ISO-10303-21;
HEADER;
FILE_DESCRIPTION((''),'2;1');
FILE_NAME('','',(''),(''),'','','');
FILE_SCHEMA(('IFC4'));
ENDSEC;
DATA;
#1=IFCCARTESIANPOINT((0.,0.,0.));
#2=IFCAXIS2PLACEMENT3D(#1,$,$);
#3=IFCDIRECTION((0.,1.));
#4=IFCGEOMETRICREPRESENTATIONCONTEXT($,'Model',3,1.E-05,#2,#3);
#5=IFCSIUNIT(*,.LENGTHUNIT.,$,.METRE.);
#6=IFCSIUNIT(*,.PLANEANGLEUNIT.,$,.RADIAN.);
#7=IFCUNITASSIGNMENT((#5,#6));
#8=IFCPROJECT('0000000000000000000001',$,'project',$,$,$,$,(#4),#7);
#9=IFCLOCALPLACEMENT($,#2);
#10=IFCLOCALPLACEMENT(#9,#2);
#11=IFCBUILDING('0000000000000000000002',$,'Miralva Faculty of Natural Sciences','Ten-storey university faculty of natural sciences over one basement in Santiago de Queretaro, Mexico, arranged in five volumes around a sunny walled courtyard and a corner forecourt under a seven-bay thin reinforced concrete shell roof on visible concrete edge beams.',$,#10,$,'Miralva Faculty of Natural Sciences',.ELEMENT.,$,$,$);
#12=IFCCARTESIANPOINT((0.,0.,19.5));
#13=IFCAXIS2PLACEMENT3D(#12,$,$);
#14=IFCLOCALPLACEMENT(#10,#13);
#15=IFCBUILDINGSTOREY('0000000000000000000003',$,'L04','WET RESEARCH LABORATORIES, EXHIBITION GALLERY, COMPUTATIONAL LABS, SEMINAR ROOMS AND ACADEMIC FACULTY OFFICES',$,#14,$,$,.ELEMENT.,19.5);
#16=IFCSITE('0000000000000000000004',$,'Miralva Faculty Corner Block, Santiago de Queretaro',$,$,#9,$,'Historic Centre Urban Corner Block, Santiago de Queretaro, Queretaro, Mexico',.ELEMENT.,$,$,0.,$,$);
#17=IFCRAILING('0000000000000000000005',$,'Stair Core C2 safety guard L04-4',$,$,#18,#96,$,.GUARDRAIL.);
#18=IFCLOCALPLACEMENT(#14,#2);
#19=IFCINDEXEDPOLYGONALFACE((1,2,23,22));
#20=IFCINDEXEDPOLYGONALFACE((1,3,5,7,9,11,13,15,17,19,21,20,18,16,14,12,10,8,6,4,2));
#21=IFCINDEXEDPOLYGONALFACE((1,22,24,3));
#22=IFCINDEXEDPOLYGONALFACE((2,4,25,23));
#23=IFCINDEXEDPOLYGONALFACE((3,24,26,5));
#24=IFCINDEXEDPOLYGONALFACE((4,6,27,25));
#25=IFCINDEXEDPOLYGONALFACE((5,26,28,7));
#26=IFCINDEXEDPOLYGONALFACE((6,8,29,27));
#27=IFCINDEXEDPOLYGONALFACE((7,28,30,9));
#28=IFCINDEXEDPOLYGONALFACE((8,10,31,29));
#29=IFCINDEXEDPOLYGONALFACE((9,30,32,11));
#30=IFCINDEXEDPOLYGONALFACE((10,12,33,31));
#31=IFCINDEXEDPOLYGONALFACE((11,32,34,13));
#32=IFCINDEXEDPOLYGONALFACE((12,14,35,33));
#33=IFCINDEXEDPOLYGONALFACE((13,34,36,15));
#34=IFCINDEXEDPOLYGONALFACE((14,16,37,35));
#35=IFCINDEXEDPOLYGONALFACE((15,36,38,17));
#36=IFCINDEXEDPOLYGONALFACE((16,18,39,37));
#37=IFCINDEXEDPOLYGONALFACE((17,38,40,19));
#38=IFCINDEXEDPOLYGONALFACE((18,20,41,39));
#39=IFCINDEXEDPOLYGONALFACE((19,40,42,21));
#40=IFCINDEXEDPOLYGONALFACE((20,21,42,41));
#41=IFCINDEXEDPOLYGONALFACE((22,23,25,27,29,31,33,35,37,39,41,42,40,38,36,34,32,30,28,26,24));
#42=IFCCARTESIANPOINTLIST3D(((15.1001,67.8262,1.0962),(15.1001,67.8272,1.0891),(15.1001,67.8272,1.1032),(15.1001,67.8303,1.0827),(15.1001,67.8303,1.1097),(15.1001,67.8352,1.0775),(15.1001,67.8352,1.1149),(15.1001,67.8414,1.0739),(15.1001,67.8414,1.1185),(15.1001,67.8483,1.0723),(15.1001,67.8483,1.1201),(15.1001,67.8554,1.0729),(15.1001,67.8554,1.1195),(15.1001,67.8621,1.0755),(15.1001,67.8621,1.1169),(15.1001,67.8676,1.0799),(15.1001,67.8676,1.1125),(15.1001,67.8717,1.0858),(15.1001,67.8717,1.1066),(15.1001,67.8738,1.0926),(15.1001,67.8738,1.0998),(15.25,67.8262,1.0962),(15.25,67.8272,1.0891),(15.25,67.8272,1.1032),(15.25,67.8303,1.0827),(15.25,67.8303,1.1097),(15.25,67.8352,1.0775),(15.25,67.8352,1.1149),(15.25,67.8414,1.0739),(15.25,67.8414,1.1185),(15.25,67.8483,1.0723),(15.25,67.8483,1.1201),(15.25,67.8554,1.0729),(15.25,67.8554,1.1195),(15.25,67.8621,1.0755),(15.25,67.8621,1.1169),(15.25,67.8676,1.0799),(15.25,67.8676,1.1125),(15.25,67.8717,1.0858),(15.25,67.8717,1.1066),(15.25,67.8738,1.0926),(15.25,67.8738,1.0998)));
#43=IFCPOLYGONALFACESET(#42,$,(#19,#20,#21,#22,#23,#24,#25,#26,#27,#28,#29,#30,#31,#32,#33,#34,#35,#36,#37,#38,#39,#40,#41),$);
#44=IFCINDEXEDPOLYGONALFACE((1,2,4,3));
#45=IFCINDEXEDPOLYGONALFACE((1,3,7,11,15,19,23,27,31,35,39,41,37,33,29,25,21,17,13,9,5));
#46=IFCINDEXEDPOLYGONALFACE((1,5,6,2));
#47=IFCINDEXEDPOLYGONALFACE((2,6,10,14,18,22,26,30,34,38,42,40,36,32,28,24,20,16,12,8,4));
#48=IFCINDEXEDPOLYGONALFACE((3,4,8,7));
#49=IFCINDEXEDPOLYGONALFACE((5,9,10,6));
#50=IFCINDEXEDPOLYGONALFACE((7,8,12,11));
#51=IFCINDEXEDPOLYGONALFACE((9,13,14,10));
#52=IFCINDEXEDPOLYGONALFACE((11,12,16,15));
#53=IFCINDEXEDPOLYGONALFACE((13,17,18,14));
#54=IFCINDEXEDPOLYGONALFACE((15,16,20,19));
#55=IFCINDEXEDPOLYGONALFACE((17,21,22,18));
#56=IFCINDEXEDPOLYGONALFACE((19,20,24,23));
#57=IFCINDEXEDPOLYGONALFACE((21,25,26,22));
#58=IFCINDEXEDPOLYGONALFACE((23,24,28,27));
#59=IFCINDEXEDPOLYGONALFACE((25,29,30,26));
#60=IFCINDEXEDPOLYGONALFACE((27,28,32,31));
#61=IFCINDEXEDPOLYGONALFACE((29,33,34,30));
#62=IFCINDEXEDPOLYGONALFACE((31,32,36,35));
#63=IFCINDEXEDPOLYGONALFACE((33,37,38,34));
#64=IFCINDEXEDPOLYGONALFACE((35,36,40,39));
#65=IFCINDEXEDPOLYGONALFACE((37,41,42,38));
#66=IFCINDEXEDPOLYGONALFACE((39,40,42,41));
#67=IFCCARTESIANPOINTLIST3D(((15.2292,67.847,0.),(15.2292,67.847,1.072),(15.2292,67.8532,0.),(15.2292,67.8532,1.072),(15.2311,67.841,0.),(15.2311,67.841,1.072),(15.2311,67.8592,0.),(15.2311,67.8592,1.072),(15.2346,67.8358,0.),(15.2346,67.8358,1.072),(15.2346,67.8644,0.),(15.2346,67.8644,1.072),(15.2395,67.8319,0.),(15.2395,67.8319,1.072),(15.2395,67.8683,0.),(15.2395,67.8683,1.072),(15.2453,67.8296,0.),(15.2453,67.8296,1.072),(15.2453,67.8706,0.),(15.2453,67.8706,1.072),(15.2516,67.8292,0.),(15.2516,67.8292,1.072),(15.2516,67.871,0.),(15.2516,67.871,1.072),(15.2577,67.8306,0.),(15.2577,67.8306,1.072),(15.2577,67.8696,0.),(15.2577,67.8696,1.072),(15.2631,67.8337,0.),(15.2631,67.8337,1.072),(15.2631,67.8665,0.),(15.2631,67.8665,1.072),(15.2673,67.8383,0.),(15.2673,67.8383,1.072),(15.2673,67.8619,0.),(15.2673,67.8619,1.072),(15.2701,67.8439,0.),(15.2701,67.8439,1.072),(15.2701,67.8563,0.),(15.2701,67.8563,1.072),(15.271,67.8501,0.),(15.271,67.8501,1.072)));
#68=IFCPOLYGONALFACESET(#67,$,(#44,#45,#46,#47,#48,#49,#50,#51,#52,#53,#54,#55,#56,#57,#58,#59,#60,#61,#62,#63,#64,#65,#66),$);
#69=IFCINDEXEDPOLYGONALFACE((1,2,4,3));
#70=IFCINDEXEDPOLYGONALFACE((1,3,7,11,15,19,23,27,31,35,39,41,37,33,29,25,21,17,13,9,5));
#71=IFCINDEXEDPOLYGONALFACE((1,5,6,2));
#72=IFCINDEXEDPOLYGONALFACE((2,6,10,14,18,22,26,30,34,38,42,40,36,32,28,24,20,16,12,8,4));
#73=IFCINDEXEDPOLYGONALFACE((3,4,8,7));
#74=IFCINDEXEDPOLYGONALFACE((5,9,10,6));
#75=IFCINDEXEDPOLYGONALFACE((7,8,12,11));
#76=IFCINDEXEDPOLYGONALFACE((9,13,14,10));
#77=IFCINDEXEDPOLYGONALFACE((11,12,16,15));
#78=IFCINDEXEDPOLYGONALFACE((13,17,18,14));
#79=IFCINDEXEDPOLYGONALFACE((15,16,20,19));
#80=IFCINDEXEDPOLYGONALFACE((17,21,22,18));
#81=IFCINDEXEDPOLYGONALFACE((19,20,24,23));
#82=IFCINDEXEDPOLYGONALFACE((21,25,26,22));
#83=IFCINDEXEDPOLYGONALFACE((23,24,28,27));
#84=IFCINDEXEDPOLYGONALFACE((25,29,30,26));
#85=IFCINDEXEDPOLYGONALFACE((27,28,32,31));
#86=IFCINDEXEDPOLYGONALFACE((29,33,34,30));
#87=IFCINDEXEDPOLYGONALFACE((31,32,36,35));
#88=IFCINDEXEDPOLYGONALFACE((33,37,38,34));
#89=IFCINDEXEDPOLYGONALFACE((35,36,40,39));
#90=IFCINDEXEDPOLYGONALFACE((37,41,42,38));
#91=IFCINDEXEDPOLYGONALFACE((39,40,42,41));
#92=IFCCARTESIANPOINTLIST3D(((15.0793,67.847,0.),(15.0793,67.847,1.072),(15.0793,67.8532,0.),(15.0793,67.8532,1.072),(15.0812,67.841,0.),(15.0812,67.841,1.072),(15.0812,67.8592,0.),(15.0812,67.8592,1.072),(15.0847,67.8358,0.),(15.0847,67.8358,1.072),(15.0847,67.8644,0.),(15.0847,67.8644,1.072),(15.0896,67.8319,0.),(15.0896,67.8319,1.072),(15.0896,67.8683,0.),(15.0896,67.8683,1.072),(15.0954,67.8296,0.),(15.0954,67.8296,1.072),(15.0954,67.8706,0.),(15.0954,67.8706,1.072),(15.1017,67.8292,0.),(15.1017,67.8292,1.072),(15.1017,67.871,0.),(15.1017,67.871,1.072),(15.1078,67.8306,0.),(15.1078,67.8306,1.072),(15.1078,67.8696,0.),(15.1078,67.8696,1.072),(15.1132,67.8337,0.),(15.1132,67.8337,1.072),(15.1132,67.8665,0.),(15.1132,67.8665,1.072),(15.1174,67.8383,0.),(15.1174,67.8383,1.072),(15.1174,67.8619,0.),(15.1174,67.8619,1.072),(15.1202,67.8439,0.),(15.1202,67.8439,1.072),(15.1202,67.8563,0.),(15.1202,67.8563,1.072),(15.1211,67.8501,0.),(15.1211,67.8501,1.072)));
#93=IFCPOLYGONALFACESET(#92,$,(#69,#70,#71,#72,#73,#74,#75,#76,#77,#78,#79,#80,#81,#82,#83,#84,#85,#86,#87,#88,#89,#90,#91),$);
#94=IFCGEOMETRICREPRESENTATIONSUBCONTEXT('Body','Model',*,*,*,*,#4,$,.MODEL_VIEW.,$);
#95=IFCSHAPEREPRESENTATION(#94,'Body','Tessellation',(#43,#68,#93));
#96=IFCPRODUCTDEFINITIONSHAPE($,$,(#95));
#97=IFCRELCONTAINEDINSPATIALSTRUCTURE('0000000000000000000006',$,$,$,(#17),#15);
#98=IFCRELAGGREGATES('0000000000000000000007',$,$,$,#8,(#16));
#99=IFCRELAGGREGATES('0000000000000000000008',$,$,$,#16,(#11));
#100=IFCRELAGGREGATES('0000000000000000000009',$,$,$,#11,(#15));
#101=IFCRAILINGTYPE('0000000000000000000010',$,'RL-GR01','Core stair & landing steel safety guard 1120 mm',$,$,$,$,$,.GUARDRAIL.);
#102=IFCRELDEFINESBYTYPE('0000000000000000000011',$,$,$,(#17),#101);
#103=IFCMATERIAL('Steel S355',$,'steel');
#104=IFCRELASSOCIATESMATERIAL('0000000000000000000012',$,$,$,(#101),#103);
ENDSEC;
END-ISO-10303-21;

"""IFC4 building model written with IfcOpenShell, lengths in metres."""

from ifc_helpers import new_model, si_unit, direction, frame, origin, origin_2d, place, context, subcontext, project, spatial, circle, extrude, material, type_object, element, save


model = new_model("IFC4")

# Units and contexts
model_context = context("Model", 3, precision=1e-05, world=origin(), true_north=direction((0.0, 1.0)))
body_context = subcontext(model_context, "Body", "Model", "MODEL_VIEW")
ifc_project = project(units=[si_unit("LENGTHUNIT", "METRE"), si_unit("PLANEANGLEUNIT", "RADIAN")], contexts=[model_context])

# Site, building, storey
site_placement = place(None, origin())
site = spatial("IfcSite", under=ifc_project, at=site_placement, Name="Miralva Faculty Corner Block, Santiago de Queretaro", LongName="Historic Centre Urban Corner Block, Santiago de Queretaro, Queretaro, Mexico", CompositionType="ELEMENT", RefElevation=0.0)
building_placement = place(site_placement, origin())
building = spatial("IfcBuilding", under=site, at=building_placement, Name="Miralva Faculty of Natural Sciences", Description="Ten-storey university faculty of natural sciences over one basement in Santiago de Queretaro, Mexico, arranged in five volumes around a sunny walled courtyard and a corner forecourt under a seven-bay thin reinforced concrete shell roof on visible concrete edge beams.", LongName="Miralva Faculty of Natural Sciences", CompositionType="ELEMENT")
storey_placement = place(building_placement, frame((0.0, 0.0, 19.5)))
storey = spatial("IfcBuildingStorey", under=building, at=storey_placement, Name="L04", Description="WET RESEARCH LABORATORIES, EXHIBITION GALLERY, COMPUTATIONAL LABS, SEMINAR ROOMS AND ACADEMIC FACULTY OFFICES", CompositionType="ELEMENT", Elevation=19.5)

# Railing
ifc_material_1 = material(Name="Steel S355", Category="steel")
railing_type_1 = type_object("IfcRailingType", Name="RL-GR01", Description="Core stair & landing steel safety guard 1120 mm", PredefinedType="GUARDRAIL", material=ifc_material_1)
railing_1_placement = place(storey_placement, frame((15.25, 67.8501, 0.0)))
element("IfcRailing", 1, at=railing_1_placement, inside=storey, type_object=railing_type_1, Name="Stair Core C2 safety guard L04-4", PredefinedType="GUARDRAIL", context=body_context, shape_type="SweptSolid", body=[
    extrude(circle(Radius=0.0239, at=origin_2d()), frame((0.0, 0.0, 1.0962), z_axis=(-1.0, 0.0, 0.0), x_axis=(0.0, -1.0, 0.0)), (0.0, 0.0, 1.0), 0.1499),
    extrude(circle(Radius=0.021, at=origin_2d()), origin(), (0.0, 0.0, 1.0), 1.072),
    extrude(circle(Radius=0.021, at=origin_2d()), frame((-0.1499, 0.0, 0.0)), (0.0, 0.0, 1.0), 1.072),
])

save(model, "model.ifc")
